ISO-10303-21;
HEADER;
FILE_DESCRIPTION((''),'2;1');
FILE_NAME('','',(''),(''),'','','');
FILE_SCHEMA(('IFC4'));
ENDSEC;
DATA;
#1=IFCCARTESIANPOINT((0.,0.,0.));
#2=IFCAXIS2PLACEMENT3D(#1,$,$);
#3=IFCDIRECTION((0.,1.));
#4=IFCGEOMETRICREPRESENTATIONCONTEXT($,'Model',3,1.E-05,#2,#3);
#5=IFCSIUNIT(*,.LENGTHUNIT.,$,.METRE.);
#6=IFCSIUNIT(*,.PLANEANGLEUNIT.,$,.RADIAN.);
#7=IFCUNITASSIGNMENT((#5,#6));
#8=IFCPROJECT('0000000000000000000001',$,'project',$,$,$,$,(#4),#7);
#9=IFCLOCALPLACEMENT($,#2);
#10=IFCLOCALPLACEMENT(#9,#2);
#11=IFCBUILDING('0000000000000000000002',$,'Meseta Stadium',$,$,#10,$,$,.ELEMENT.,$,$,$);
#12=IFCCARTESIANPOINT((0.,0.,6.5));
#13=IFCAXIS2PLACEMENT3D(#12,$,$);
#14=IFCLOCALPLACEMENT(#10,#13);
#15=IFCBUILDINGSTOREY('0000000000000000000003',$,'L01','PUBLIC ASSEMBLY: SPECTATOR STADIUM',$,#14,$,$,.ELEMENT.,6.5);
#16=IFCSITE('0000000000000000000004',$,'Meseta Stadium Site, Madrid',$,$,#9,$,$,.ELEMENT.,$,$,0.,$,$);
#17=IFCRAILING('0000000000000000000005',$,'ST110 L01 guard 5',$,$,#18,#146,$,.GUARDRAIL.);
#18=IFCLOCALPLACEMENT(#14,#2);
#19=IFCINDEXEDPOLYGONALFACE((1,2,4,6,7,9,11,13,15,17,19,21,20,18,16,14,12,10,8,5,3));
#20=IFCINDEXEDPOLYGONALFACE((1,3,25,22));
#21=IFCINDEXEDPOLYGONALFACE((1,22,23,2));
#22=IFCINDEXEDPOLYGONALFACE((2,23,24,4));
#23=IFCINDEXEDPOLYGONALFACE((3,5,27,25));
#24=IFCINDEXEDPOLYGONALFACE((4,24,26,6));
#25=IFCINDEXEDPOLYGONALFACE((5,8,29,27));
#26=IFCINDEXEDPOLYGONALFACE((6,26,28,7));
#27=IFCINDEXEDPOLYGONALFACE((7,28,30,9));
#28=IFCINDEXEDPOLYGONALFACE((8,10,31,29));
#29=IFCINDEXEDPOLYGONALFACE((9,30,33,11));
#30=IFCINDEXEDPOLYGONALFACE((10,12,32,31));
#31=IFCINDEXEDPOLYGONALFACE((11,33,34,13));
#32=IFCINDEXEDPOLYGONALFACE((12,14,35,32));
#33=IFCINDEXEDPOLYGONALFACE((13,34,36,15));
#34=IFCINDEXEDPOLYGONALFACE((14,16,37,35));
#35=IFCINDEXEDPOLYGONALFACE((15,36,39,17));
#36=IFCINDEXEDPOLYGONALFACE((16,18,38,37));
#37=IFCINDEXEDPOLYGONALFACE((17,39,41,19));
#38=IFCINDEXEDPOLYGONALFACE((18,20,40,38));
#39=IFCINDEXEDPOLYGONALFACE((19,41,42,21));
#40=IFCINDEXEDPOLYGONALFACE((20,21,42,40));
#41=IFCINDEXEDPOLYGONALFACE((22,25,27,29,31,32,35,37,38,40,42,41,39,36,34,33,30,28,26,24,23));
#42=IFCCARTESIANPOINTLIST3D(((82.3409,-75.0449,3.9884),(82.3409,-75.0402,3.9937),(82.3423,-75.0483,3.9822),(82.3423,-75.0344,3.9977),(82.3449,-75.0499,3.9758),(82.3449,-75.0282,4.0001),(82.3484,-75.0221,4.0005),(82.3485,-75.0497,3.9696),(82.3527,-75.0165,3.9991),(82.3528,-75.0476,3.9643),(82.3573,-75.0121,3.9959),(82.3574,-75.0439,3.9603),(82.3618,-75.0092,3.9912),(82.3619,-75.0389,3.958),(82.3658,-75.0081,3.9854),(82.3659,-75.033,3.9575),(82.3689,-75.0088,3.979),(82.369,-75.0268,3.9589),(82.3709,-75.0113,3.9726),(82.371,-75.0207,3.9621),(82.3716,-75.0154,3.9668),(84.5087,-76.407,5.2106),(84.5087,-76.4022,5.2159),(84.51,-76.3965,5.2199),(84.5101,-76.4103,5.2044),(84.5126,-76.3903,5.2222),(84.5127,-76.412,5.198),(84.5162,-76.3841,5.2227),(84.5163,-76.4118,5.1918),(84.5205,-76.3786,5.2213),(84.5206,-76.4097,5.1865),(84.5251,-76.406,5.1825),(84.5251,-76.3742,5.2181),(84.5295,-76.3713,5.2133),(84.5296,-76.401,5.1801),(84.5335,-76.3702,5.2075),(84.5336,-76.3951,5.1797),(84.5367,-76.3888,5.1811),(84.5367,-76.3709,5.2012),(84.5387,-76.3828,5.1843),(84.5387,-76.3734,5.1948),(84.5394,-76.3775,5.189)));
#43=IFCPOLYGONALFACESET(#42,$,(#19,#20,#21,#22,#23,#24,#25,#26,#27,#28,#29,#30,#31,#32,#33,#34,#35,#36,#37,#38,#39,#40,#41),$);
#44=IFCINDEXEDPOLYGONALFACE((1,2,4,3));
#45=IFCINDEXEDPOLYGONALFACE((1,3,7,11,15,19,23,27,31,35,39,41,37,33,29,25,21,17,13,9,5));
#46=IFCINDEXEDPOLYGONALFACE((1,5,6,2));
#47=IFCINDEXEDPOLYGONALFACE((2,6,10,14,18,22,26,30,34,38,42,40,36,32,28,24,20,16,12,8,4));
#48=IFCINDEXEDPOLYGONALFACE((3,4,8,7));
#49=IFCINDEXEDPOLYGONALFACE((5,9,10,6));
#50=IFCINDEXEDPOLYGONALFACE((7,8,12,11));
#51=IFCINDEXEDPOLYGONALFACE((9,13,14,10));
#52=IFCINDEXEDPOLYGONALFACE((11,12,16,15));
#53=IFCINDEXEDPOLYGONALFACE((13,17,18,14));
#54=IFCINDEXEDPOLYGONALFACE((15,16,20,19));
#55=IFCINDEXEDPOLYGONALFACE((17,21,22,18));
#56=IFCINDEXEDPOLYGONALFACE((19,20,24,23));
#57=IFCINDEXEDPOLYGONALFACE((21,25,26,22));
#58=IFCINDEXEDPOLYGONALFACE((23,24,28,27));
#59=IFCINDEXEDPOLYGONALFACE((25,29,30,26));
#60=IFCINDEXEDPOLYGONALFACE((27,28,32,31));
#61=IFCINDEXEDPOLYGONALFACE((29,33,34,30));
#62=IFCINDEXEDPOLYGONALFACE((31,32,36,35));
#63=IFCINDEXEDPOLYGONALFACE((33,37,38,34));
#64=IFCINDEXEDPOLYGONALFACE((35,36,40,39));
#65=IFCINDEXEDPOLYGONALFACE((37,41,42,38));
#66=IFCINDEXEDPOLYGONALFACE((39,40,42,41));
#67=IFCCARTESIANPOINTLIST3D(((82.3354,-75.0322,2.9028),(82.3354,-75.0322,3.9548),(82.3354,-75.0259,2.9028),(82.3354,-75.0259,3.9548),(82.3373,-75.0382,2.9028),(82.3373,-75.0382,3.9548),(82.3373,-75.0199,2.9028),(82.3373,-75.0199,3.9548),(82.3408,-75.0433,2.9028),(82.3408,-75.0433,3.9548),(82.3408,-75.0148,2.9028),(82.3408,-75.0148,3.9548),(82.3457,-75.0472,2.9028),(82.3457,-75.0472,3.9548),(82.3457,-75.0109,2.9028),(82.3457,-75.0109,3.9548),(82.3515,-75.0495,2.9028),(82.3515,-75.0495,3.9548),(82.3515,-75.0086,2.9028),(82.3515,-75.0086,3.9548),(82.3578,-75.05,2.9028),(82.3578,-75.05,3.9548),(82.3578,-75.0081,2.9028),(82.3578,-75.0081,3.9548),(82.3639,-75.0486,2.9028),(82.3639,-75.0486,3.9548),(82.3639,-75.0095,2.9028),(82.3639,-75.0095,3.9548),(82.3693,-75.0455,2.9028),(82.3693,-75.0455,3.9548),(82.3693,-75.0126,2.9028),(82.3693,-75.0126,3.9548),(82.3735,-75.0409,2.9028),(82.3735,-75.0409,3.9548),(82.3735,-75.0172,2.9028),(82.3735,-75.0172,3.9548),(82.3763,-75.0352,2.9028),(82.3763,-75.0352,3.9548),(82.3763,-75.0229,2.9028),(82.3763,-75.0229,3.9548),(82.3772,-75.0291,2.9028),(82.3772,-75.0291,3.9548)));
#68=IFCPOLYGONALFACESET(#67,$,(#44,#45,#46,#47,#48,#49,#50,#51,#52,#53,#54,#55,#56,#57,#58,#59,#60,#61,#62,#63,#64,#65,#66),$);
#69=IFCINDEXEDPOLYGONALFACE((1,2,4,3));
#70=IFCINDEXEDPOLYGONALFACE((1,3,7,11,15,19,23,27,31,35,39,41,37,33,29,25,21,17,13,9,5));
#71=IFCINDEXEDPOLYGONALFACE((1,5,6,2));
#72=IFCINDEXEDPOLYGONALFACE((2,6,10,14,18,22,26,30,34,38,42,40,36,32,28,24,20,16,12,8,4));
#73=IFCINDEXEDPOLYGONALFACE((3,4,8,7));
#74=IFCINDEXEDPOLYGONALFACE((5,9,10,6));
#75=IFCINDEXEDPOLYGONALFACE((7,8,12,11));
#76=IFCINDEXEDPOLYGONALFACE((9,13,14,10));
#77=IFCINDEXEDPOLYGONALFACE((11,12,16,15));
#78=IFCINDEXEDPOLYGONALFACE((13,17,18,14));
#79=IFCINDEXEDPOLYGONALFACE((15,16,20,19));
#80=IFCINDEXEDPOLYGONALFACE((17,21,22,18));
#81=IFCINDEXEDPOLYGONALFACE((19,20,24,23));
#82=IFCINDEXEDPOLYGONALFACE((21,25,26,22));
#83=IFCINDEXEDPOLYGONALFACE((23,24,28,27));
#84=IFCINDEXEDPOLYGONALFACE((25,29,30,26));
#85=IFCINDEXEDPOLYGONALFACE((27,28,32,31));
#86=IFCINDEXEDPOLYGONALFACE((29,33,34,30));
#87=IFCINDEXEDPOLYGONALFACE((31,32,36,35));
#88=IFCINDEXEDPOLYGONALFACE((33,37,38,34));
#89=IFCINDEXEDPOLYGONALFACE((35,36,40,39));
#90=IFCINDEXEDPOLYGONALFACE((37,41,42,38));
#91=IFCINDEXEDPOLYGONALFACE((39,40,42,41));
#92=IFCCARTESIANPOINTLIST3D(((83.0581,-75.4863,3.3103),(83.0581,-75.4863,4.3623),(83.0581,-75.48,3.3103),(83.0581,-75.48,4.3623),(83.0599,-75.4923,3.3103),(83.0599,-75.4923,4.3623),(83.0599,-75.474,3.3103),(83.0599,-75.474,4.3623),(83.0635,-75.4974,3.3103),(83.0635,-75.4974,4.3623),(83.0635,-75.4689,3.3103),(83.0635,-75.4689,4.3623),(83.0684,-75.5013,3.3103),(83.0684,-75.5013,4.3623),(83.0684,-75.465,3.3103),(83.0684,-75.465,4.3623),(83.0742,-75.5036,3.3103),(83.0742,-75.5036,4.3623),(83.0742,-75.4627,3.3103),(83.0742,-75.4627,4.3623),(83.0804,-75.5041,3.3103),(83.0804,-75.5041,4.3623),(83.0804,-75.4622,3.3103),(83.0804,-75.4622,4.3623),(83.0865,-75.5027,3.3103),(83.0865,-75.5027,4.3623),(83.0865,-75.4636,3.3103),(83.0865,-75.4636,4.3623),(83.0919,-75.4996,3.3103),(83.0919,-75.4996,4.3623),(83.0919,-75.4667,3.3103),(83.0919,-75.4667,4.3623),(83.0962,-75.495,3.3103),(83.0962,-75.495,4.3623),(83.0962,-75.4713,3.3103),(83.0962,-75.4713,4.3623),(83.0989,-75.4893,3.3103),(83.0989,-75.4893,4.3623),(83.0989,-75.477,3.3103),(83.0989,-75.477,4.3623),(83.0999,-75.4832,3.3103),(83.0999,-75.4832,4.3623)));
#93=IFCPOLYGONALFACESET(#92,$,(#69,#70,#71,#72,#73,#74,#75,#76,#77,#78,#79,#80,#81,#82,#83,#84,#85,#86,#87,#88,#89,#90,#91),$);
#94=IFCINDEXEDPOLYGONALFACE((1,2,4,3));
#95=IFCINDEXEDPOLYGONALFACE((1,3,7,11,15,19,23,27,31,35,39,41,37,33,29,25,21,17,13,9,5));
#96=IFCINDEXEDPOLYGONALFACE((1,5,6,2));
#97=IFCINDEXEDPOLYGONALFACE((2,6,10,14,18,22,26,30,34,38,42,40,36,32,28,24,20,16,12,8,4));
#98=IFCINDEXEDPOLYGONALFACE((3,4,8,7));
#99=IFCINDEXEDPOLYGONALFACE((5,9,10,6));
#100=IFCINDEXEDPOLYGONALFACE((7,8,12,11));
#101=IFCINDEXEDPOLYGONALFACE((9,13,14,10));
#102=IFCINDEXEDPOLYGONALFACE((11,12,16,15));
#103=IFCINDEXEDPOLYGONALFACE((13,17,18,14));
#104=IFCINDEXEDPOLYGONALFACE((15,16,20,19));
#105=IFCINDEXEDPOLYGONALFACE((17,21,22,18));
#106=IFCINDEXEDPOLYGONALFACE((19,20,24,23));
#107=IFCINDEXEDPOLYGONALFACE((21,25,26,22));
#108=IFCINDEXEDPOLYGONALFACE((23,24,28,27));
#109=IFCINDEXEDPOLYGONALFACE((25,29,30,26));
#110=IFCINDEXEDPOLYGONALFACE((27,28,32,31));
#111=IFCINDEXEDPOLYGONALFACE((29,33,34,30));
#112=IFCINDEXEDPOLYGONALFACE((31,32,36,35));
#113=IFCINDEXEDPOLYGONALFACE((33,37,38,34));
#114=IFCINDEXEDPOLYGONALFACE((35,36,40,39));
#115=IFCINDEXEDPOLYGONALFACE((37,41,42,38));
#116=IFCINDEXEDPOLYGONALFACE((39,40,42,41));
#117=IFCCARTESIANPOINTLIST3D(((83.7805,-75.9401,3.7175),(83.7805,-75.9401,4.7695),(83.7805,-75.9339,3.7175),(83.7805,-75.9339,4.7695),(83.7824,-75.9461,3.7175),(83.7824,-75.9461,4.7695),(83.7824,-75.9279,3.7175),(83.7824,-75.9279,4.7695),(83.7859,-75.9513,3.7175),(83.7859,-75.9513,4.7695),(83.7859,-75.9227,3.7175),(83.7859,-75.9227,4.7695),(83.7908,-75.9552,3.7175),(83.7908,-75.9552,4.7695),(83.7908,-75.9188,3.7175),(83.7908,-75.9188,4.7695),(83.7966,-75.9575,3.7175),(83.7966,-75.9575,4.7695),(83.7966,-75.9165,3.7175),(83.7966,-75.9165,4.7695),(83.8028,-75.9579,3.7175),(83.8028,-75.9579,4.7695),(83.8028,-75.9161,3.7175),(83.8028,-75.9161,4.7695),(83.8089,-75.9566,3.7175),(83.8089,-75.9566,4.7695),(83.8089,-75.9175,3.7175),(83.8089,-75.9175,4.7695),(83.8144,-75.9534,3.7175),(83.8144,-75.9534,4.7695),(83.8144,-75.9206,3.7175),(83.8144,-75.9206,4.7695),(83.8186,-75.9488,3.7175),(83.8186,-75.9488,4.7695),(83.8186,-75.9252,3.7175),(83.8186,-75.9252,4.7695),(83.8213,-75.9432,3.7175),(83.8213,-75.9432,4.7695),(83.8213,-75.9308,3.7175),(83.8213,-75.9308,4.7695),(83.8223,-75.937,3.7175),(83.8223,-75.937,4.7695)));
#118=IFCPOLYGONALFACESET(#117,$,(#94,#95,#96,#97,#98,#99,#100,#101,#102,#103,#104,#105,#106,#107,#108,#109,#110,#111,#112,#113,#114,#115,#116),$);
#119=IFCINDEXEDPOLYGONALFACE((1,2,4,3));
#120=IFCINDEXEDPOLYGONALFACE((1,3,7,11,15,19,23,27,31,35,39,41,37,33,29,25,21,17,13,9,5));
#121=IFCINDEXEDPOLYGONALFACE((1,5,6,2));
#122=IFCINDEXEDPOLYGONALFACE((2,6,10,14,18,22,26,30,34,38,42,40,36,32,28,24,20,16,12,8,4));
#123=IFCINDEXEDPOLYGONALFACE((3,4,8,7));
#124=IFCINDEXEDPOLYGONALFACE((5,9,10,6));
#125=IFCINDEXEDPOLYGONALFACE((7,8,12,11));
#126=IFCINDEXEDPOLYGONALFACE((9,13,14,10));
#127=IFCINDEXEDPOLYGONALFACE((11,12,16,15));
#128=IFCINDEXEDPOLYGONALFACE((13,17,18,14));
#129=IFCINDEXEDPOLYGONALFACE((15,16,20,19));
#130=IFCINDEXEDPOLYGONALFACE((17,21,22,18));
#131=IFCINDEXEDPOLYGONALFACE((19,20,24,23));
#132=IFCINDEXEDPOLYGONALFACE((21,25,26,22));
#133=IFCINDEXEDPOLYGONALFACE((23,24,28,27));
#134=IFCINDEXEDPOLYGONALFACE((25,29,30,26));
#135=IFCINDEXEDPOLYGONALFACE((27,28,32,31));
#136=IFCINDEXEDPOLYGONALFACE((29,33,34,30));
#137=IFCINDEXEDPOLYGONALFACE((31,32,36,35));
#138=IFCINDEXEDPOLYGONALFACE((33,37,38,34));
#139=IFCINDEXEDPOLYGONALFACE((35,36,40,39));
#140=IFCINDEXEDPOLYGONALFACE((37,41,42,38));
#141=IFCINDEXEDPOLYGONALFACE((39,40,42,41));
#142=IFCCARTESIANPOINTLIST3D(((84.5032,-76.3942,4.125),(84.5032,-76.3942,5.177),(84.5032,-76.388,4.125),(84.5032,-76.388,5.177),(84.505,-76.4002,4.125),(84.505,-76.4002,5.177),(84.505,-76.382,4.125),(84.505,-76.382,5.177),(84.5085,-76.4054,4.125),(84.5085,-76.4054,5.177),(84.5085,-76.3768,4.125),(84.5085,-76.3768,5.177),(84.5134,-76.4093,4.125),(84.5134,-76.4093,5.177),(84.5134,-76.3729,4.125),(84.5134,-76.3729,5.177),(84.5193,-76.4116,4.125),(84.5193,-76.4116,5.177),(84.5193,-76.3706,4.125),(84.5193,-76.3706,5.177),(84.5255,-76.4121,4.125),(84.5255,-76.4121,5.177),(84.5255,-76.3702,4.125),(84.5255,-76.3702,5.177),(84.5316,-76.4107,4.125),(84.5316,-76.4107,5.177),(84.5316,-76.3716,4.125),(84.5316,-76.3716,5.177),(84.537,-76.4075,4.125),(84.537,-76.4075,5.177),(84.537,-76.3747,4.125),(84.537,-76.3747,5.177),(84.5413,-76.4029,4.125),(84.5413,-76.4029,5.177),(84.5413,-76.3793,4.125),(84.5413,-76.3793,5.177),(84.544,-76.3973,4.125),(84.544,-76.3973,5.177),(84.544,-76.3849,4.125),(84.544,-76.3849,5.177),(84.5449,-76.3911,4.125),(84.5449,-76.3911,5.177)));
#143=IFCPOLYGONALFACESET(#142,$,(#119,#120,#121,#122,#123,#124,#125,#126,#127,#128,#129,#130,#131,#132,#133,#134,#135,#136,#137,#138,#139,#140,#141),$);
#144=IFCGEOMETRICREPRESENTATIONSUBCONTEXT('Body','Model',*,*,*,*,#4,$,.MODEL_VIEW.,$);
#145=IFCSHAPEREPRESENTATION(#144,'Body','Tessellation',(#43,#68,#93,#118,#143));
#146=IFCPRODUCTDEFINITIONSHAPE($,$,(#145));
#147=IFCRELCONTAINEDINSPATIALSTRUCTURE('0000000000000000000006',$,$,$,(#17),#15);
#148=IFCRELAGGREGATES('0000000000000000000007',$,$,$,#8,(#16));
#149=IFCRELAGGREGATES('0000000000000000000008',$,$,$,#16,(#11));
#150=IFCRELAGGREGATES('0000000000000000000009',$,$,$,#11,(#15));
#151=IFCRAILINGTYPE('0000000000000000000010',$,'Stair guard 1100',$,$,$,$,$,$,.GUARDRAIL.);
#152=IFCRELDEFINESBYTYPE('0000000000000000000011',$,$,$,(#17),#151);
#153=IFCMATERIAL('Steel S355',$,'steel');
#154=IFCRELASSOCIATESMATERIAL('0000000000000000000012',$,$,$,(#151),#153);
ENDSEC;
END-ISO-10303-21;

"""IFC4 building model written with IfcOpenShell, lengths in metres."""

from ifc_helpers import new_model, si_unit, direction, frame, origin, origin_2d, place, context, subcontext, project, spatial, circle, extrude, material, type_object, element, save


model = new_model("IFC4")

# Units and contexts
model_context = context("Model", 3, precision=1e-05, world=origin(), true_north=direction((0.0, 1.0)))
body_context = subcontext(model_context, "Body", "Model", "MODEL_VIEW")
ifc_project = project(units=[si_unit("LENGTHUNIT", "METRE"), si_unit("PLANEANGLEUNIT", "RADIAN")], contexts=[model_context])

# Site, building, storey
site_placement = place(None, origin())
site = spatial("IfcSite", under=ifc_project, at=site_placement, Name="Meseta Stadium Site, Madrid", CompositionType="ELEMENT", RefElevation=0.0)
building_placement = place(site_placement, origin())
building = spatial("IfcBuilding", under=site, at=building_placement, Name="Meseta Stadium", CompositionType="ELEMENT")
storey_placement = place(building_placement, frame((0.0, 0.0, 6.5)))
storey = spatial("IfcBuildingStorey", under=building, at=storey_placement, Name="L01", Description="PUBLIC ASSEMBLY: SPECTATOR STADIUM", CompositionType="ELEMENT", Elevation=6.5)

# Railing
ifc_material_1 = material(Name="Steel S355", Category="steel")
railing_type_1 = type_object("IfcRailingType", Name="Stair guard 1100", PredefinedType="GUARDRAIL", material=ifc_material_1)
railing_1_placement = place(storey_placement, frame((82.3562, -75.0291, 2.9028)))
element("IfcRailing", 1, at=railing_1_placement, inside=storey, type_object=railing_type_1, Name="ST110 L01 guard 5", PredefinedType="GUARDRAIL", context=body_context, shape_type="SweptSolid", body=[
    extrude(circle(Radius=0.0239, at=origin_2d()), frame((0.0, 0.0, 1.0762), z_axis=(0.764121, -0.480125, 0.430813), x_axis=(0.532029, 0.846726, 0.0)), (0.0, 0.0, 1.0), 2.8369),
    extrude(circle(Radius=0.021, at=origin_2d()), origin(), (0.0, 0.0, 1.0), 1.052),
    extrude(circle(Radius=0.021, at=origin_2d()), frame((0.7227, -0.4541, 0.4075)), (0.0, 0.0, 1.0), 1.052),
    extrude(circle(Radius=0.021, at=origin_2d()), frame((1.4451, -0.908, 0.8147)), (0.0, 0.0, 1.0), 1.052),
    extrude(circle(Radius=0.021, at=origin_2d()), frame((2.1677, -1.3621, 1.2222)), (0.0, 0.0, 1.0), 1.052),
])

save(model, "model.ifc")
